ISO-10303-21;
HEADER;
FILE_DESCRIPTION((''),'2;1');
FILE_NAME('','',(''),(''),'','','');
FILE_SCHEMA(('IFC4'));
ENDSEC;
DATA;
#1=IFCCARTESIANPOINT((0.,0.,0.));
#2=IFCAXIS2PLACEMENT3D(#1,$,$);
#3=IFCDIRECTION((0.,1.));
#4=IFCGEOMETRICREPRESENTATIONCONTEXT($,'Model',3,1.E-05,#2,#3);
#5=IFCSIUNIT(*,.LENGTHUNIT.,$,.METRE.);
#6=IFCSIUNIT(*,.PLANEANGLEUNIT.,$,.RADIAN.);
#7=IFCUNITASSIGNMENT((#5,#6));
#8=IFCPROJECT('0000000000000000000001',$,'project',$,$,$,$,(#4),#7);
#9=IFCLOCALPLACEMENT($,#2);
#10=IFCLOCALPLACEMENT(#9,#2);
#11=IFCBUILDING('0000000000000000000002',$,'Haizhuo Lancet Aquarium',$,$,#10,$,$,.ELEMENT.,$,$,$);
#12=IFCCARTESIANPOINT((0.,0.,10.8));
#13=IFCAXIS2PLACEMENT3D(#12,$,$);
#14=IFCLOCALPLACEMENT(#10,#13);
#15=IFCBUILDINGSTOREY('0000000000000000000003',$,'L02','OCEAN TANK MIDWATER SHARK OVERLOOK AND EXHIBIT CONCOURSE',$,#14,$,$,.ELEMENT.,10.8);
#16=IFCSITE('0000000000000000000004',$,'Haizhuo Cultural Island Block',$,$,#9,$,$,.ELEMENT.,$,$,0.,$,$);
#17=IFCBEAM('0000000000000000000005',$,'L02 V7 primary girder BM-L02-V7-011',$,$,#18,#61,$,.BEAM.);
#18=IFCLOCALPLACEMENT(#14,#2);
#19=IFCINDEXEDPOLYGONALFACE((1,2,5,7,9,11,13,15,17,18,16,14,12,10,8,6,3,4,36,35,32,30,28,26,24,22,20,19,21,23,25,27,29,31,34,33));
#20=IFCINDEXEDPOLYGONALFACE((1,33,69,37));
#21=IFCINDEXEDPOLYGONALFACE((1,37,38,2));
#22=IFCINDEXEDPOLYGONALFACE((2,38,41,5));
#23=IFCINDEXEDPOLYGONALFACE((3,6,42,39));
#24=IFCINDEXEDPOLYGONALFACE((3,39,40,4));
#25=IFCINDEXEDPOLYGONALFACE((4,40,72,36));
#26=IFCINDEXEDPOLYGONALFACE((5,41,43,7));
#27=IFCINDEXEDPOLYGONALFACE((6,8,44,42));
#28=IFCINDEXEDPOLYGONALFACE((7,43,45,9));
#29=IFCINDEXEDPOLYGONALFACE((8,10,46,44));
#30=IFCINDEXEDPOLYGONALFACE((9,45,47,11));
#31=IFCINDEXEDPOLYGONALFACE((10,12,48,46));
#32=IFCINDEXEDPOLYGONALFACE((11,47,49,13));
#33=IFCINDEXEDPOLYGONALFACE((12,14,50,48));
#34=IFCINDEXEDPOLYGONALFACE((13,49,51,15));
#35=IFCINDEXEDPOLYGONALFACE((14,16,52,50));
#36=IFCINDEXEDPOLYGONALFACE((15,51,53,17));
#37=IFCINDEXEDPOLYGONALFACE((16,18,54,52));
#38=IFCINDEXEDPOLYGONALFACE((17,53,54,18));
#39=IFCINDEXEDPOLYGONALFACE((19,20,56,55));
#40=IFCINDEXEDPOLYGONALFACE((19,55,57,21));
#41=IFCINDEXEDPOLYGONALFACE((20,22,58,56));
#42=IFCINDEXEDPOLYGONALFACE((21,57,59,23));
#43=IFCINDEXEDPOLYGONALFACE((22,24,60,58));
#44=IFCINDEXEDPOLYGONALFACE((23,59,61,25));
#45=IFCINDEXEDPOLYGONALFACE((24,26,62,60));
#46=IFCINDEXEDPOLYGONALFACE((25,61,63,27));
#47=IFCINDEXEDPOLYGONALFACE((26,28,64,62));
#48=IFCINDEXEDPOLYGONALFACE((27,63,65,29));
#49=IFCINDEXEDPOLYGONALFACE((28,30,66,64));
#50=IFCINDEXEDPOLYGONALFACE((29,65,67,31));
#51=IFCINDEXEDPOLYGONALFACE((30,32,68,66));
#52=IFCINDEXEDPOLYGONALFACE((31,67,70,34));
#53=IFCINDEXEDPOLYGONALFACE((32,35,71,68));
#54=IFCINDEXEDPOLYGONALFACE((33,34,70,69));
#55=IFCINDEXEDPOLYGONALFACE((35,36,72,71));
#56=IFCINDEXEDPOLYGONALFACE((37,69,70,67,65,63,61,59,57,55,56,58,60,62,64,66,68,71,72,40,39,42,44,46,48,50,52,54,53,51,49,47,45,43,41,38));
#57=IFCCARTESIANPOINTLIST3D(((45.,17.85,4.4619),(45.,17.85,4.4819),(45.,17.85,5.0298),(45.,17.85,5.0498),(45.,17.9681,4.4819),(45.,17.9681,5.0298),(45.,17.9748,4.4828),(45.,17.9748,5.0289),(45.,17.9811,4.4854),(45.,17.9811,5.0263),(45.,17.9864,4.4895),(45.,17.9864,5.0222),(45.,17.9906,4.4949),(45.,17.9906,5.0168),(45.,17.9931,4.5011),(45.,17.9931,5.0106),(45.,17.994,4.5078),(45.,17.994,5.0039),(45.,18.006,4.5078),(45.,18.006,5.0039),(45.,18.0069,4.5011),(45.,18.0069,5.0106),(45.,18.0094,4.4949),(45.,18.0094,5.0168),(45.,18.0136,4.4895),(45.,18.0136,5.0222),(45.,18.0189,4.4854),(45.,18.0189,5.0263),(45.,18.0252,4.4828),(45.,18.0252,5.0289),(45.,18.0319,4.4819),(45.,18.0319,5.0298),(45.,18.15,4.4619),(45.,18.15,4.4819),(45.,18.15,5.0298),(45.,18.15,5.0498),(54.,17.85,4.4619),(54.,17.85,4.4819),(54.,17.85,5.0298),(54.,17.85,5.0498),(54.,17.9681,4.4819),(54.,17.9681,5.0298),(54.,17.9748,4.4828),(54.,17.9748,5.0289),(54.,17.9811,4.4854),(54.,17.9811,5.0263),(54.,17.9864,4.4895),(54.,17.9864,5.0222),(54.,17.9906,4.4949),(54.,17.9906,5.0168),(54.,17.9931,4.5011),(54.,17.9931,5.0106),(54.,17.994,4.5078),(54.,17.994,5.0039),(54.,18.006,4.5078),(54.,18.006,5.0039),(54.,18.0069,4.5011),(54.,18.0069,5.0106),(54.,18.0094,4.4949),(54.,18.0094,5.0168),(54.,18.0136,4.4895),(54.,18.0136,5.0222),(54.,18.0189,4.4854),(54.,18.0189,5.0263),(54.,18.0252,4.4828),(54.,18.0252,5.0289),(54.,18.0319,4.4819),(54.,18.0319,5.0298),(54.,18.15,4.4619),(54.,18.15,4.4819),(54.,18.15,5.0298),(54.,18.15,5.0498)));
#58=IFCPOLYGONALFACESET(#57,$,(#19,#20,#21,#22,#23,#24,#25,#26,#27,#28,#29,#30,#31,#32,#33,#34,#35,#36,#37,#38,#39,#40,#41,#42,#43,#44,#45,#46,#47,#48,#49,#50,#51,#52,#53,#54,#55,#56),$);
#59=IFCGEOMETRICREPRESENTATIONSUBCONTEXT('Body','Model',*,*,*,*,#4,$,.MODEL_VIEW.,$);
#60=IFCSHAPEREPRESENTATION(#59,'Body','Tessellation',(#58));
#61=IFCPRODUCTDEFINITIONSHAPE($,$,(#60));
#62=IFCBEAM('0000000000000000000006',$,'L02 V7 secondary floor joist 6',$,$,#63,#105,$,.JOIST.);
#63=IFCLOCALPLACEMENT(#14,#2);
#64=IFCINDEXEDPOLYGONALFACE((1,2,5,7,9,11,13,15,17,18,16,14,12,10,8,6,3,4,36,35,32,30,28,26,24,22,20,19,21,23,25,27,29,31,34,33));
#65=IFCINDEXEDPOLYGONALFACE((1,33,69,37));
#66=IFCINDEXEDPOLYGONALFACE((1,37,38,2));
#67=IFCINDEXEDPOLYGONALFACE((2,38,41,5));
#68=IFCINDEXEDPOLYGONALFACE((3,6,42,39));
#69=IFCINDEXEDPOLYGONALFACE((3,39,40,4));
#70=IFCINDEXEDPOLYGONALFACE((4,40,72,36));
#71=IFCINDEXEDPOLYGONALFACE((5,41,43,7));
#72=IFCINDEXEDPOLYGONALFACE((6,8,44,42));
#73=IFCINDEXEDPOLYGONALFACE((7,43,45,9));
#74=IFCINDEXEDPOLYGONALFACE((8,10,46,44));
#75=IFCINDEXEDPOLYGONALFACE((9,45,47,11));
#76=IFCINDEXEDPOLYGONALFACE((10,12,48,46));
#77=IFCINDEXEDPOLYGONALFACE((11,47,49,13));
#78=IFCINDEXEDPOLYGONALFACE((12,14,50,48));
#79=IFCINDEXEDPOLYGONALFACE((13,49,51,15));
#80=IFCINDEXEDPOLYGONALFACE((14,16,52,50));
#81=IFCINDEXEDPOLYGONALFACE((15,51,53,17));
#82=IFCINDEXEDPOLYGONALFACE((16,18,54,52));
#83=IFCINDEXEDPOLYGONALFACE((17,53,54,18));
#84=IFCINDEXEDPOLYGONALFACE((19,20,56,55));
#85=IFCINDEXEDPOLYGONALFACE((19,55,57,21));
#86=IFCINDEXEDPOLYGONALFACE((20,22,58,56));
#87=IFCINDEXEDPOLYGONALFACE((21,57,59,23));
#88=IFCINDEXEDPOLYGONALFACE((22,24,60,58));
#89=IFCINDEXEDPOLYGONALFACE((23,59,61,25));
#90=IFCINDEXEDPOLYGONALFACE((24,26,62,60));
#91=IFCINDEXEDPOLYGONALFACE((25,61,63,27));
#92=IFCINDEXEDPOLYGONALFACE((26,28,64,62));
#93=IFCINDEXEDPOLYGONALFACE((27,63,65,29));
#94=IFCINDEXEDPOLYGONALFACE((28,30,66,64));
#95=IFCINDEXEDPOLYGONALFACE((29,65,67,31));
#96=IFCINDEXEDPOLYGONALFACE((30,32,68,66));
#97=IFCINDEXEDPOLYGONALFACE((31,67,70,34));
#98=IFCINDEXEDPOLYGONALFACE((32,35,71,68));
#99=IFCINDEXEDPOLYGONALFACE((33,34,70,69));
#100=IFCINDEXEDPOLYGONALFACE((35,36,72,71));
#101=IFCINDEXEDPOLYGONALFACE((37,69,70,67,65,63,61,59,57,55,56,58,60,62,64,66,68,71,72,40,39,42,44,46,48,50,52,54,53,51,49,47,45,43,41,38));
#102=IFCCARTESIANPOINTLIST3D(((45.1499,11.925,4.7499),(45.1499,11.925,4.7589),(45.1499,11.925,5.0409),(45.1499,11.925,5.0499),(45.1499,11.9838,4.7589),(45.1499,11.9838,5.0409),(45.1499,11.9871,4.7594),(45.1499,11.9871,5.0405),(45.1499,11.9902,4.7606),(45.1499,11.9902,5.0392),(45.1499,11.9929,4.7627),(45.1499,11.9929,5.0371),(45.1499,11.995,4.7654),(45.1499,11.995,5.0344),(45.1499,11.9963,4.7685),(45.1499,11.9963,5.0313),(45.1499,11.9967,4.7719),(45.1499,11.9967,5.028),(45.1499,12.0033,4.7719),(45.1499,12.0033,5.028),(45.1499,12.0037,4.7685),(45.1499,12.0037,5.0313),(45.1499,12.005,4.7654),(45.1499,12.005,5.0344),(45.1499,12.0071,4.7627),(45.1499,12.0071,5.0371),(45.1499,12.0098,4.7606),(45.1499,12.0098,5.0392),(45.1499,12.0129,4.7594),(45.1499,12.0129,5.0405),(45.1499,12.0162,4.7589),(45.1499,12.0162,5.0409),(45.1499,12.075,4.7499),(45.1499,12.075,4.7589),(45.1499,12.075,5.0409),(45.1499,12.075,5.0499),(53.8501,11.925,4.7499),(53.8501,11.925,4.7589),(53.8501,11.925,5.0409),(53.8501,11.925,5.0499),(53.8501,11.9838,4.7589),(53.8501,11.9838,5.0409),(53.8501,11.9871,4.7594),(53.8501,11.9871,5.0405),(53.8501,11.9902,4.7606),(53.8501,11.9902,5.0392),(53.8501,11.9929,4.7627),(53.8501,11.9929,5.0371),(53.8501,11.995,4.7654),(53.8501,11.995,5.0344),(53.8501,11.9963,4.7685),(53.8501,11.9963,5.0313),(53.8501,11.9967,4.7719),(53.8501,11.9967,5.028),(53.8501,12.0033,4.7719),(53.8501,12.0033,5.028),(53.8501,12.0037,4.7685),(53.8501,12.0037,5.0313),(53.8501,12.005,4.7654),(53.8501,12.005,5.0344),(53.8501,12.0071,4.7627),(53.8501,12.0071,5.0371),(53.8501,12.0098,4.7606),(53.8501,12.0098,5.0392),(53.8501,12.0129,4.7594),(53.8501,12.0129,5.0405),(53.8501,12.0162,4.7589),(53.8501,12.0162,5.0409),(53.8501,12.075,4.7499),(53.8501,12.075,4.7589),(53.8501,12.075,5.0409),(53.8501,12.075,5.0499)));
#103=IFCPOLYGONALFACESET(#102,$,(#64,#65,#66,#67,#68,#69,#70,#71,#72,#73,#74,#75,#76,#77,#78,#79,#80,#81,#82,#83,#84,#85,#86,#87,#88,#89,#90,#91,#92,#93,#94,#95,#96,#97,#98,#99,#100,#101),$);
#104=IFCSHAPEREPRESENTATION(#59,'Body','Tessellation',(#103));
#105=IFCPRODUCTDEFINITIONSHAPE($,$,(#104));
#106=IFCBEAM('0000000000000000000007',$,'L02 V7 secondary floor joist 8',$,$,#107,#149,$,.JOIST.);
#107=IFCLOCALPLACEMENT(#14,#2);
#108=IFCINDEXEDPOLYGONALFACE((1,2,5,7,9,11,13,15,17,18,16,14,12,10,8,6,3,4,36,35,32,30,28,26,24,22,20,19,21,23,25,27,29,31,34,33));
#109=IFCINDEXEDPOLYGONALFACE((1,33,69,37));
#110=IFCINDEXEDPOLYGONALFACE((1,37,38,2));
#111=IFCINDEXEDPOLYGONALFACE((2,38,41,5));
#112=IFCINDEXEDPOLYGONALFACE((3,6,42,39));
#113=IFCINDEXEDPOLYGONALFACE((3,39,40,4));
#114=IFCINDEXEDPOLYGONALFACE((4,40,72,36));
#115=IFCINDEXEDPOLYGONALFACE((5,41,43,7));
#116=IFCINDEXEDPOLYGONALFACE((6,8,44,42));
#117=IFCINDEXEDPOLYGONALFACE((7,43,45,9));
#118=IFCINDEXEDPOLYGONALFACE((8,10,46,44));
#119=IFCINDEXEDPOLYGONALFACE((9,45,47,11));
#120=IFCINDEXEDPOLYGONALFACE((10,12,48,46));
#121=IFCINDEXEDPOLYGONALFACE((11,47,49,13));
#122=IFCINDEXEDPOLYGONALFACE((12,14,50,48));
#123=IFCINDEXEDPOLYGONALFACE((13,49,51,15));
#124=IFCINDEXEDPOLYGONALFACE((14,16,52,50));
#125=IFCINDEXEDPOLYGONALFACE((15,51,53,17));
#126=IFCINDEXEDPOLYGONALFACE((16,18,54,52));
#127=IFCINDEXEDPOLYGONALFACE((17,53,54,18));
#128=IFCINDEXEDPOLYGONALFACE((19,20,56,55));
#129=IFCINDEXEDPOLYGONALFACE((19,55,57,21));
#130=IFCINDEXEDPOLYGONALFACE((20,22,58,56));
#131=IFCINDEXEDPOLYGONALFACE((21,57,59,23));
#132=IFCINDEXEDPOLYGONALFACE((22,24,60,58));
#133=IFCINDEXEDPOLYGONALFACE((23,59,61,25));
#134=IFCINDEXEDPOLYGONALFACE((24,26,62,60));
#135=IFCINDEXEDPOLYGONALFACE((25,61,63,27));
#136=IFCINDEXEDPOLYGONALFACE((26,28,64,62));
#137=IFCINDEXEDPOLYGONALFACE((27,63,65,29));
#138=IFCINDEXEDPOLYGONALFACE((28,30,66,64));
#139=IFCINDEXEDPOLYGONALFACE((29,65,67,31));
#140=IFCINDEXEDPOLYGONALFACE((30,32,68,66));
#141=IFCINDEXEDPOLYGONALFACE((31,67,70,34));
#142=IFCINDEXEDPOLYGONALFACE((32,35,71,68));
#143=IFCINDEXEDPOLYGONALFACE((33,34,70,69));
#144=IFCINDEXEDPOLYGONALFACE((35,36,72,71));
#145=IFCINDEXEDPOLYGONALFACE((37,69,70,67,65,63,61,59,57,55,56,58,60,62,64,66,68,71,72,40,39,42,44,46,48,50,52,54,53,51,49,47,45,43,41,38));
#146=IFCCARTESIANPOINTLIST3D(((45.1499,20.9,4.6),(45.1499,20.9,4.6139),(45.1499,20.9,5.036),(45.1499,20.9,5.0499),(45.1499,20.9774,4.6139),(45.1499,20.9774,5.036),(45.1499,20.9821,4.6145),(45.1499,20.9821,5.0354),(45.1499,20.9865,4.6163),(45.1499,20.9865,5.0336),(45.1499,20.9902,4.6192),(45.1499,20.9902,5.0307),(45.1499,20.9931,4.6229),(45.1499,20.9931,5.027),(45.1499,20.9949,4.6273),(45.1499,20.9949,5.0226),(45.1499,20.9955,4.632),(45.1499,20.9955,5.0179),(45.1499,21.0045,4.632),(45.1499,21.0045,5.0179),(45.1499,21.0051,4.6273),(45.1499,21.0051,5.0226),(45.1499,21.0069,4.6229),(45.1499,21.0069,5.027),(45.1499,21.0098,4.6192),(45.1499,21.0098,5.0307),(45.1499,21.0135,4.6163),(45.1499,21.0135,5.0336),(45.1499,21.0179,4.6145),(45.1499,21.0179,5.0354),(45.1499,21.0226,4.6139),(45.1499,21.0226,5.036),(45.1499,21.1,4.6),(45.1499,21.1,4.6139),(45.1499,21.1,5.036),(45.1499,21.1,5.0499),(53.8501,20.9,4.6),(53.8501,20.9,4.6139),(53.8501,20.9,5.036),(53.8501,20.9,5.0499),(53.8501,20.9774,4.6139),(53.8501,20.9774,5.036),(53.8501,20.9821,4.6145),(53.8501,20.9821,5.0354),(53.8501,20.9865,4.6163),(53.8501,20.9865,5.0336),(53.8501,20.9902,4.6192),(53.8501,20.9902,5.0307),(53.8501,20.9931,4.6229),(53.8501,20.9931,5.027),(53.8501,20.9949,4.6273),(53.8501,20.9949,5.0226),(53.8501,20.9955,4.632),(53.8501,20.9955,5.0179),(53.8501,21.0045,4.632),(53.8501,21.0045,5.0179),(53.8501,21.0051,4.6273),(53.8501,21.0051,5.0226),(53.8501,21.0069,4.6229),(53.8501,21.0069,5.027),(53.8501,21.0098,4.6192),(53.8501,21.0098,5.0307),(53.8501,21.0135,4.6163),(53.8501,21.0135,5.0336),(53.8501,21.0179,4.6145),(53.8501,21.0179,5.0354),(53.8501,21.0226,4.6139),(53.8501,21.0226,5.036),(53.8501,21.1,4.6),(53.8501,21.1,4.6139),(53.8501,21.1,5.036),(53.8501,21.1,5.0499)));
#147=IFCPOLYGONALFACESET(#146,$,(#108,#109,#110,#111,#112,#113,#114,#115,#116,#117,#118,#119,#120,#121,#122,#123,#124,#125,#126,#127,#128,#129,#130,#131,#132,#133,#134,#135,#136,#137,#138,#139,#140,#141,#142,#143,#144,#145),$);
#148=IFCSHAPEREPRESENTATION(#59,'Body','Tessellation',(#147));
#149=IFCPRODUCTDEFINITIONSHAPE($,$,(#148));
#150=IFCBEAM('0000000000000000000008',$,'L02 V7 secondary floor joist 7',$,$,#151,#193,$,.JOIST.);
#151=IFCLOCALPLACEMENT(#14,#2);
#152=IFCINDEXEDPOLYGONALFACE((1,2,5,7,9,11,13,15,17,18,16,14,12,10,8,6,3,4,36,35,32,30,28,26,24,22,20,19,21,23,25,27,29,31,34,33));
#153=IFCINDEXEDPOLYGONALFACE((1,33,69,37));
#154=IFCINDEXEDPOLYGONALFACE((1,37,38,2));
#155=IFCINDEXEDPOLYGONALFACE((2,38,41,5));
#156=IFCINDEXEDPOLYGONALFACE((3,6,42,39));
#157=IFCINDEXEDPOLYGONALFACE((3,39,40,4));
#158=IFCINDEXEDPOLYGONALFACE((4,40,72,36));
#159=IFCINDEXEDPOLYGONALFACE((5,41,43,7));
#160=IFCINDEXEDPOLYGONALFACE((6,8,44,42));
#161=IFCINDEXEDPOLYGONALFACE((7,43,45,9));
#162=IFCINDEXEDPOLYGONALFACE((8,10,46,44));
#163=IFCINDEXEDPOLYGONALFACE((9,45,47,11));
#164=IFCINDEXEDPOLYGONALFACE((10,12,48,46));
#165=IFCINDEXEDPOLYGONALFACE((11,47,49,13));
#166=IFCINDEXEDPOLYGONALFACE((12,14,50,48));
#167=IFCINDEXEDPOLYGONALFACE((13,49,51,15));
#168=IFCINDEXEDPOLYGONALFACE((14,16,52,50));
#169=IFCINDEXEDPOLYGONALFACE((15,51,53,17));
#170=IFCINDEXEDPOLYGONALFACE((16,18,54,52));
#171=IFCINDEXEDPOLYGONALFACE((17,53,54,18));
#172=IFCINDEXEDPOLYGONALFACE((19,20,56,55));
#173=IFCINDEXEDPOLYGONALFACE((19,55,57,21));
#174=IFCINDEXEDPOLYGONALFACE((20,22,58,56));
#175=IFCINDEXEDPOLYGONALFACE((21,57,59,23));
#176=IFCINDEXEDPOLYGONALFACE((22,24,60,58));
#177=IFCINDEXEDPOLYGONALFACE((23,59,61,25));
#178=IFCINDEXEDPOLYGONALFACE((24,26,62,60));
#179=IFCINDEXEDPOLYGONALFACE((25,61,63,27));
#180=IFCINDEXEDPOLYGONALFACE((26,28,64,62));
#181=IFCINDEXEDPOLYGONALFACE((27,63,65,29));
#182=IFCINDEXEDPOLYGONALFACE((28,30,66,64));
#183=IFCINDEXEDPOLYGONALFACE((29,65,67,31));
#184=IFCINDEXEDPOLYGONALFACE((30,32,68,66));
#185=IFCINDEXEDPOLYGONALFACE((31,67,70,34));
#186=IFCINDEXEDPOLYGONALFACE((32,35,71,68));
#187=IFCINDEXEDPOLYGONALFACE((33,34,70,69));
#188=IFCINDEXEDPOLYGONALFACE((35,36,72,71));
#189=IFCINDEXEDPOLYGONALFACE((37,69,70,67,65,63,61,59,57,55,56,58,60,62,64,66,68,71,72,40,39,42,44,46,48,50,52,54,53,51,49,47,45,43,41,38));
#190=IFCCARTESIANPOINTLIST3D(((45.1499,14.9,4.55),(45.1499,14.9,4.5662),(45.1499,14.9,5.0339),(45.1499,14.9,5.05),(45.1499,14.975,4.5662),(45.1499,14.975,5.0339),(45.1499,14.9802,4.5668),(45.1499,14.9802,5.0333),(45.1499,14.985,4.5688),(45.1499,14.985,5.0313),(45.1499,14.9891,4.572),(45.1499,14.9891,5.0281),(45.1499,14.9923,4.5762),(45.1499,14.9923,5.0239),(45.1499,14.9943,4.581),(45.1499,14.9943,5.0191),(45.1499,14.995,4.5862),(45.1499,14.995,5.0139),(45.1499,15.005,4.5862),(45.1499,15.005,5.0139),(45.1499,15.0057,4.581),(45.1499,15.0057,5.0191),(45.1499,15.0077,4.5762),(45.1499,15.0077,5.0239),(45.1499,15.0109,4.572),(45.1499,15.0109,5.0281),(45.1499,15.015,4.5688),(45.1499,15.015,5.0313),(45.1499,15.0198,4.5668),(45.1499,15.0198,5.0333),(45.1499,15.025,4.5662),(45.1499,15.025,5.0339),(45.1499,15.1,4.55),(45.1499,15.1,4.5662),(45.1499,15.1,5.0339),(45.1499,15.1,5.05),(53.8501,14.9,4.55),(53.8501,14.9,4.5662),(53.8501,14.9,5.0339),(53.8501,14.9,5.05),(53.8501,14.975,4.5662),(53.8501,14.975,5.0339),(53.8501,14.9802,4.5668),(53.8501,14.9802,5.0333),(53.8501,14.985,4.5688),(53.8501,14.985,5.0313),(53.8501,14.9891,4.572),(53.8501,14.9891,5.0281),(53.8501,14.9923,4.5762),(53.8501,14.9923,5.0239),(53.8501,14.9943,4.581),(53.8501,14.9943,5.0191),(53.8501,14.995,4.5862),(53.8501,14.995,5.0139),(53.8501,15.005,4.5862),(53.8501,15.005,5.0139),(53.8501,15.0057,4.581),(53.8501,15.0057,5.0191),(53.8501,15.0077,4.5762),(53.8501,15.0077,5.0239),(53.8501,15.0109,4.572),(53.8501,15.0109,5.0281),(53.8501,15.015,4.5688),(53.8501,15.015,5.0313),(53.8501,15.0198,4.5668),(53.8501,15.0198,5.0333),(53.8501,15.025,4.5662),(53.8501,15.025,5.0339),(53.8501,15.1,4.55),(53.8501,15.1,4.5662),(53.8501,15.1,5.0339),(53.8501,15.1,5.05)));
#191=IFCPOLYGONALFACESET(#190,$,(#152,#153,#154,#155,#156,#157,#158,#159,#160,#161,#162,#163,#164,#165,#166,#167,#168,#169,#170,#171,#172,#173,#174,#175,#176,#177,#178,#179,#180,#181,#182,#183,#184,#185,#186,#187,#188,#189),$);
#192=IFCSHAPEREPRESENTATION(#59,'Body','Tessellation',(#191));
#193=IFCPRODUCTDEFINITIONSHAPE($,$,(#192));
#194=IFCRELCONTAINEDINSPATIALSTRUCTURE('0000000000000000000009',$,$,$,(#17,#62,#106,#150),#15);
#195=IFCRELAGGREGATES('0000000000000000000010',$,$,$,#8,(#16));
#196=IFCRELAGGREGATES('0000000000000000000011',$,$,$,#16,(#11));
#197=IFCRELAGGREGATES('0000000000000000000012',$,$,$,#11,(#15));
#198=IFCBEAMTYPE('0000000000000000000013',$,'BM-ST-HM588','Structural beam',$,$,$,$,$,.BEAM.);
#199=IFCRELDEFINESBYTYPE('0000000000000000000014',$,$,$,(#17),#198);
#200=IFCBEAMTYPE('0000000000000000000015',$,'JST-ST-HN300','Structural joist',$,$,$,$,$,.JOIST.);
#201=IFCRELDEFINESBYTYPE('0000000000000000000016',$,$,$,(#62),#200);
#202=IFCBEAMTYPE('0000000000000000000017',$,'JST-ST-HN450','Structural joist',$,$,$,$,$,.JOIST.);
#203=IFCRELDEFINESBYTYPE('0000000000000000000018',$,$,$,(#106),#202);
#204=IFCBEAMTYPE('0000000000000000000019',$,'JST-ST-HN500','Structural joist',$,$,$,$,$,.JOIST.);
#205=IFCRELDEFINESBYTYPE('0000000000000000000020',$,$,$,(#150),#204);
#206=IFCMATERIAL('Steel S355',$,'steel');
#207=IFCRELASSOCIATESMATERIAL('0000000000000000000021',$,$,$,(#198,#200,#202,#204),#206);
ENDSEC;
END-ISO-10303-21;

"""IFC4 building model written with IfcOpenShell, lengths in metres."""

from ifc_helpers import new_model, si_unit, direction, frame, origin, origin_2d, place, context, subcontext, project, spatial, i_section, extrude, material, material_profile, profile_set, type_object, element, save


model = new_model("IFC4")

# Units and contexts
model_context = context("Model", 3, precision=1e-05, world=origin(), true_north=direction((0.0, 1.0)))
body_context = subcontext(model_context, "Body", "Model", "MODEL_VIEW")
ifc_project = project(units=[si_unit("LENGTHUNIT", "METRE"), si_unit("PLANEANGLEUNIT", "RADIAN")], contexts=[model_context])

# Site, building, storey
site_placement = place(None, origin())
site = spatial("IfcSite", under=ifc_project, at=site_placement, Name="Haizhuo Cultural Island Block", CompositionType="ELEMENT", RefElevation=0.0)
building_placement = place(site_placement, origin())
building = spatial("IfcBuilding", under=site, at=building_placement, Name="Haizhuo Lancet Aquarium", CompositionType="ELEMENT")
storey_placement = place(building_placement, frame((0.0, 0.0, 10.8)))
storey = spatial("IfcBuildingStorey", under=building, at=storey_placement, Name="L02", Description="OCEAN TANK MIDWATER SHARK OVERLOOK AND EXHIBIT CONCOURSE", CompositionType="ELEMENT", Elevation=10.8)

# Shared definitions
ifc_material_1 = material(Name="Steel S355", Category="steel")

# Beams
ifc_material_profile_1 = material_profile(ifc_material_1, i_section(OverallWidth=0.3, OverallDepth=0.5879, WebThickness=0.012, FlangeThickness=0.02, FilletRadius=0.0259, at=origin_2d()), Name="HM 588x300x12x20")
ifc_profile_set_1 = profile_set([ifc_material_profile_1], Name="Steel S355")
beam_type_1 = type_object("IfcBeamType", Name="BM-ST-HM588", Description="Structural beam", PredefinedType="BEAM", material=ifc_profile_set_1)
beam_1_placement = place(storey_placement, frame((45.0, 18.0, 4.7559), z_axis=(1.0, 0.0, 0.0), x_axis=(0.0, 1.0, 0.0)))
element("IfcBeam", 1, at=beam_1_placement, inside=storey, type_object=beam_type_1, Name="L02 V7 primary girder BM-L02-V7-011", PredefinedType="BEAM", context=body_context, shape_type="SweptSolid", body=[
    extrude(i_section(OverallWidth=0.3, OverallDepth=0.5879, WebThickness=0.012, FlangeThickness=0.02, FilletRadius=0.0259, at=origin_2d()), origin(), (0.0, 0.0, 1.0), 9.0),
])
ifc_material_profile_2 = material_profile(ifc_material_1, i_section(OverallWidth=0.1499, OverallDepth=0.3, WebThickness=0.0066, FlangeThickness=0.009, FilletRadius=0.0129, at=origin_2d()), Name="HN 300x150x6.5x9")
ifc_profile_set_2 = profile_set([ifc_material_profile_2], Name="Steel S355")
beam_type_2 = type_object("IfcBeamType", Name="JST-ST-HN300", Description="Structural joist", PredefinedType="JOIST", material=ifc_profile_set_2)
beam_2_placement = place(storey_placement, frame((45.1499, 12.0, 4.8999), z_axis=(1.0, 0.0, 0.0), x_axis=(0.0, 1.0, 0.0)))
element("IfcBeam", 2, at=beam_2_placement, inside=storey, type_object=beam_type_2, Name="L02 V7 secondary floor joist 6", PredefinedType="JOIST", context=body_context, shape_type="SweptSolid", body=[
    extrude(i_section(OverallWidth=0.1499, OverallDepth=0.3, WebThickness=0.0066, FlangeThickness=0.009, FilletRadius=0.0129, at=origin_2d()), origin(), (0.0, 0.0, 1.0), 8.7002),
])
ifc_material_profile_3 = material_profile(ifc_material_1, i_section(OverallWidth=0.2, OverallDepth=0.45, WebThickness=0.009, FlangeThickness=0.0139, FilletRadius=0.0181, at=origin_2d()), Name="HN 450x200x9x14")
ifc_profile_set_3 = profile_set([ifc_material_profile_3], Name="Steel S355")
beam_type_3 = type_object("IfcBeamType", Name="JST-ST-HN450", Description="Structural joist", PredefinedType="JOIST", material=ifc_profile_set_3)
beam_3_placement = place(storey_placement, frame((45.1499, 21.0, 4.825), z_axis=(1.0, 0.0, 0.0), x_axis=(0.0, 1.0, 0.0)))
element("IfcBeam", 3, at=beam_3_placement, inside=storey, type_object=beam_type_3, Name="L02 V7 secondary floor joist 8", PredefinedType="JOIST", context=body_context, shape_type="SweptSolid", body=[
    extrude(i_section(OverallWidth=0.2, OverallDepth=0.45, WebThickness=0.009, FlangeThickness=0.0139, FilletRadius=0.0181, at=origin_2d()), origin(), (0.0, 0.0, 1.0), 8.7002),
])
ifc_material_profile_4 = material_profile(ifc_material_1, i_section(OverallWidth=0.2, OverallDepth=0.5, WebThickness=0.01, FlangeThickness=0.0161, FilletRadius=0.02, at=origin_2d()), Name="HN 500x200x10x16")
ifc_profile_set_4 = profile_set([ifc_material_profile_4], Name="Steel S355")
beam_type_4 = type_object("IfcBeamType", Name="JST-ST-HN500", Description="Structural joist", PredefinedType="JOIST", material=ifc_profile_set_4)
beam_4_placement = place(storey_placement, frame((45.1499, 15.0, 4.8), z_axis=(1.0, 0.0, 0.0), x_axis=(0.0, 1.0, 0.0)))
element("IfcBeam", 4, at=beam_4_placement, inside=storey, type_object=beam_type_4, Name="L02 V7 secondary floor joist 7", PredefinedType="JOIST", context=body_context, shape_type="SweptSolid", body=[
    extrude(i_section(OverallWidth=0.2, OverallDepth=0.5, WebThickness=0.01, FlangeThickness=0.0161, FilletRadius=0.02, at=origin_2d()), origin(), (0.0, 0.0, 1.0), 8.7002),
])

save(model, "model.ifc")
